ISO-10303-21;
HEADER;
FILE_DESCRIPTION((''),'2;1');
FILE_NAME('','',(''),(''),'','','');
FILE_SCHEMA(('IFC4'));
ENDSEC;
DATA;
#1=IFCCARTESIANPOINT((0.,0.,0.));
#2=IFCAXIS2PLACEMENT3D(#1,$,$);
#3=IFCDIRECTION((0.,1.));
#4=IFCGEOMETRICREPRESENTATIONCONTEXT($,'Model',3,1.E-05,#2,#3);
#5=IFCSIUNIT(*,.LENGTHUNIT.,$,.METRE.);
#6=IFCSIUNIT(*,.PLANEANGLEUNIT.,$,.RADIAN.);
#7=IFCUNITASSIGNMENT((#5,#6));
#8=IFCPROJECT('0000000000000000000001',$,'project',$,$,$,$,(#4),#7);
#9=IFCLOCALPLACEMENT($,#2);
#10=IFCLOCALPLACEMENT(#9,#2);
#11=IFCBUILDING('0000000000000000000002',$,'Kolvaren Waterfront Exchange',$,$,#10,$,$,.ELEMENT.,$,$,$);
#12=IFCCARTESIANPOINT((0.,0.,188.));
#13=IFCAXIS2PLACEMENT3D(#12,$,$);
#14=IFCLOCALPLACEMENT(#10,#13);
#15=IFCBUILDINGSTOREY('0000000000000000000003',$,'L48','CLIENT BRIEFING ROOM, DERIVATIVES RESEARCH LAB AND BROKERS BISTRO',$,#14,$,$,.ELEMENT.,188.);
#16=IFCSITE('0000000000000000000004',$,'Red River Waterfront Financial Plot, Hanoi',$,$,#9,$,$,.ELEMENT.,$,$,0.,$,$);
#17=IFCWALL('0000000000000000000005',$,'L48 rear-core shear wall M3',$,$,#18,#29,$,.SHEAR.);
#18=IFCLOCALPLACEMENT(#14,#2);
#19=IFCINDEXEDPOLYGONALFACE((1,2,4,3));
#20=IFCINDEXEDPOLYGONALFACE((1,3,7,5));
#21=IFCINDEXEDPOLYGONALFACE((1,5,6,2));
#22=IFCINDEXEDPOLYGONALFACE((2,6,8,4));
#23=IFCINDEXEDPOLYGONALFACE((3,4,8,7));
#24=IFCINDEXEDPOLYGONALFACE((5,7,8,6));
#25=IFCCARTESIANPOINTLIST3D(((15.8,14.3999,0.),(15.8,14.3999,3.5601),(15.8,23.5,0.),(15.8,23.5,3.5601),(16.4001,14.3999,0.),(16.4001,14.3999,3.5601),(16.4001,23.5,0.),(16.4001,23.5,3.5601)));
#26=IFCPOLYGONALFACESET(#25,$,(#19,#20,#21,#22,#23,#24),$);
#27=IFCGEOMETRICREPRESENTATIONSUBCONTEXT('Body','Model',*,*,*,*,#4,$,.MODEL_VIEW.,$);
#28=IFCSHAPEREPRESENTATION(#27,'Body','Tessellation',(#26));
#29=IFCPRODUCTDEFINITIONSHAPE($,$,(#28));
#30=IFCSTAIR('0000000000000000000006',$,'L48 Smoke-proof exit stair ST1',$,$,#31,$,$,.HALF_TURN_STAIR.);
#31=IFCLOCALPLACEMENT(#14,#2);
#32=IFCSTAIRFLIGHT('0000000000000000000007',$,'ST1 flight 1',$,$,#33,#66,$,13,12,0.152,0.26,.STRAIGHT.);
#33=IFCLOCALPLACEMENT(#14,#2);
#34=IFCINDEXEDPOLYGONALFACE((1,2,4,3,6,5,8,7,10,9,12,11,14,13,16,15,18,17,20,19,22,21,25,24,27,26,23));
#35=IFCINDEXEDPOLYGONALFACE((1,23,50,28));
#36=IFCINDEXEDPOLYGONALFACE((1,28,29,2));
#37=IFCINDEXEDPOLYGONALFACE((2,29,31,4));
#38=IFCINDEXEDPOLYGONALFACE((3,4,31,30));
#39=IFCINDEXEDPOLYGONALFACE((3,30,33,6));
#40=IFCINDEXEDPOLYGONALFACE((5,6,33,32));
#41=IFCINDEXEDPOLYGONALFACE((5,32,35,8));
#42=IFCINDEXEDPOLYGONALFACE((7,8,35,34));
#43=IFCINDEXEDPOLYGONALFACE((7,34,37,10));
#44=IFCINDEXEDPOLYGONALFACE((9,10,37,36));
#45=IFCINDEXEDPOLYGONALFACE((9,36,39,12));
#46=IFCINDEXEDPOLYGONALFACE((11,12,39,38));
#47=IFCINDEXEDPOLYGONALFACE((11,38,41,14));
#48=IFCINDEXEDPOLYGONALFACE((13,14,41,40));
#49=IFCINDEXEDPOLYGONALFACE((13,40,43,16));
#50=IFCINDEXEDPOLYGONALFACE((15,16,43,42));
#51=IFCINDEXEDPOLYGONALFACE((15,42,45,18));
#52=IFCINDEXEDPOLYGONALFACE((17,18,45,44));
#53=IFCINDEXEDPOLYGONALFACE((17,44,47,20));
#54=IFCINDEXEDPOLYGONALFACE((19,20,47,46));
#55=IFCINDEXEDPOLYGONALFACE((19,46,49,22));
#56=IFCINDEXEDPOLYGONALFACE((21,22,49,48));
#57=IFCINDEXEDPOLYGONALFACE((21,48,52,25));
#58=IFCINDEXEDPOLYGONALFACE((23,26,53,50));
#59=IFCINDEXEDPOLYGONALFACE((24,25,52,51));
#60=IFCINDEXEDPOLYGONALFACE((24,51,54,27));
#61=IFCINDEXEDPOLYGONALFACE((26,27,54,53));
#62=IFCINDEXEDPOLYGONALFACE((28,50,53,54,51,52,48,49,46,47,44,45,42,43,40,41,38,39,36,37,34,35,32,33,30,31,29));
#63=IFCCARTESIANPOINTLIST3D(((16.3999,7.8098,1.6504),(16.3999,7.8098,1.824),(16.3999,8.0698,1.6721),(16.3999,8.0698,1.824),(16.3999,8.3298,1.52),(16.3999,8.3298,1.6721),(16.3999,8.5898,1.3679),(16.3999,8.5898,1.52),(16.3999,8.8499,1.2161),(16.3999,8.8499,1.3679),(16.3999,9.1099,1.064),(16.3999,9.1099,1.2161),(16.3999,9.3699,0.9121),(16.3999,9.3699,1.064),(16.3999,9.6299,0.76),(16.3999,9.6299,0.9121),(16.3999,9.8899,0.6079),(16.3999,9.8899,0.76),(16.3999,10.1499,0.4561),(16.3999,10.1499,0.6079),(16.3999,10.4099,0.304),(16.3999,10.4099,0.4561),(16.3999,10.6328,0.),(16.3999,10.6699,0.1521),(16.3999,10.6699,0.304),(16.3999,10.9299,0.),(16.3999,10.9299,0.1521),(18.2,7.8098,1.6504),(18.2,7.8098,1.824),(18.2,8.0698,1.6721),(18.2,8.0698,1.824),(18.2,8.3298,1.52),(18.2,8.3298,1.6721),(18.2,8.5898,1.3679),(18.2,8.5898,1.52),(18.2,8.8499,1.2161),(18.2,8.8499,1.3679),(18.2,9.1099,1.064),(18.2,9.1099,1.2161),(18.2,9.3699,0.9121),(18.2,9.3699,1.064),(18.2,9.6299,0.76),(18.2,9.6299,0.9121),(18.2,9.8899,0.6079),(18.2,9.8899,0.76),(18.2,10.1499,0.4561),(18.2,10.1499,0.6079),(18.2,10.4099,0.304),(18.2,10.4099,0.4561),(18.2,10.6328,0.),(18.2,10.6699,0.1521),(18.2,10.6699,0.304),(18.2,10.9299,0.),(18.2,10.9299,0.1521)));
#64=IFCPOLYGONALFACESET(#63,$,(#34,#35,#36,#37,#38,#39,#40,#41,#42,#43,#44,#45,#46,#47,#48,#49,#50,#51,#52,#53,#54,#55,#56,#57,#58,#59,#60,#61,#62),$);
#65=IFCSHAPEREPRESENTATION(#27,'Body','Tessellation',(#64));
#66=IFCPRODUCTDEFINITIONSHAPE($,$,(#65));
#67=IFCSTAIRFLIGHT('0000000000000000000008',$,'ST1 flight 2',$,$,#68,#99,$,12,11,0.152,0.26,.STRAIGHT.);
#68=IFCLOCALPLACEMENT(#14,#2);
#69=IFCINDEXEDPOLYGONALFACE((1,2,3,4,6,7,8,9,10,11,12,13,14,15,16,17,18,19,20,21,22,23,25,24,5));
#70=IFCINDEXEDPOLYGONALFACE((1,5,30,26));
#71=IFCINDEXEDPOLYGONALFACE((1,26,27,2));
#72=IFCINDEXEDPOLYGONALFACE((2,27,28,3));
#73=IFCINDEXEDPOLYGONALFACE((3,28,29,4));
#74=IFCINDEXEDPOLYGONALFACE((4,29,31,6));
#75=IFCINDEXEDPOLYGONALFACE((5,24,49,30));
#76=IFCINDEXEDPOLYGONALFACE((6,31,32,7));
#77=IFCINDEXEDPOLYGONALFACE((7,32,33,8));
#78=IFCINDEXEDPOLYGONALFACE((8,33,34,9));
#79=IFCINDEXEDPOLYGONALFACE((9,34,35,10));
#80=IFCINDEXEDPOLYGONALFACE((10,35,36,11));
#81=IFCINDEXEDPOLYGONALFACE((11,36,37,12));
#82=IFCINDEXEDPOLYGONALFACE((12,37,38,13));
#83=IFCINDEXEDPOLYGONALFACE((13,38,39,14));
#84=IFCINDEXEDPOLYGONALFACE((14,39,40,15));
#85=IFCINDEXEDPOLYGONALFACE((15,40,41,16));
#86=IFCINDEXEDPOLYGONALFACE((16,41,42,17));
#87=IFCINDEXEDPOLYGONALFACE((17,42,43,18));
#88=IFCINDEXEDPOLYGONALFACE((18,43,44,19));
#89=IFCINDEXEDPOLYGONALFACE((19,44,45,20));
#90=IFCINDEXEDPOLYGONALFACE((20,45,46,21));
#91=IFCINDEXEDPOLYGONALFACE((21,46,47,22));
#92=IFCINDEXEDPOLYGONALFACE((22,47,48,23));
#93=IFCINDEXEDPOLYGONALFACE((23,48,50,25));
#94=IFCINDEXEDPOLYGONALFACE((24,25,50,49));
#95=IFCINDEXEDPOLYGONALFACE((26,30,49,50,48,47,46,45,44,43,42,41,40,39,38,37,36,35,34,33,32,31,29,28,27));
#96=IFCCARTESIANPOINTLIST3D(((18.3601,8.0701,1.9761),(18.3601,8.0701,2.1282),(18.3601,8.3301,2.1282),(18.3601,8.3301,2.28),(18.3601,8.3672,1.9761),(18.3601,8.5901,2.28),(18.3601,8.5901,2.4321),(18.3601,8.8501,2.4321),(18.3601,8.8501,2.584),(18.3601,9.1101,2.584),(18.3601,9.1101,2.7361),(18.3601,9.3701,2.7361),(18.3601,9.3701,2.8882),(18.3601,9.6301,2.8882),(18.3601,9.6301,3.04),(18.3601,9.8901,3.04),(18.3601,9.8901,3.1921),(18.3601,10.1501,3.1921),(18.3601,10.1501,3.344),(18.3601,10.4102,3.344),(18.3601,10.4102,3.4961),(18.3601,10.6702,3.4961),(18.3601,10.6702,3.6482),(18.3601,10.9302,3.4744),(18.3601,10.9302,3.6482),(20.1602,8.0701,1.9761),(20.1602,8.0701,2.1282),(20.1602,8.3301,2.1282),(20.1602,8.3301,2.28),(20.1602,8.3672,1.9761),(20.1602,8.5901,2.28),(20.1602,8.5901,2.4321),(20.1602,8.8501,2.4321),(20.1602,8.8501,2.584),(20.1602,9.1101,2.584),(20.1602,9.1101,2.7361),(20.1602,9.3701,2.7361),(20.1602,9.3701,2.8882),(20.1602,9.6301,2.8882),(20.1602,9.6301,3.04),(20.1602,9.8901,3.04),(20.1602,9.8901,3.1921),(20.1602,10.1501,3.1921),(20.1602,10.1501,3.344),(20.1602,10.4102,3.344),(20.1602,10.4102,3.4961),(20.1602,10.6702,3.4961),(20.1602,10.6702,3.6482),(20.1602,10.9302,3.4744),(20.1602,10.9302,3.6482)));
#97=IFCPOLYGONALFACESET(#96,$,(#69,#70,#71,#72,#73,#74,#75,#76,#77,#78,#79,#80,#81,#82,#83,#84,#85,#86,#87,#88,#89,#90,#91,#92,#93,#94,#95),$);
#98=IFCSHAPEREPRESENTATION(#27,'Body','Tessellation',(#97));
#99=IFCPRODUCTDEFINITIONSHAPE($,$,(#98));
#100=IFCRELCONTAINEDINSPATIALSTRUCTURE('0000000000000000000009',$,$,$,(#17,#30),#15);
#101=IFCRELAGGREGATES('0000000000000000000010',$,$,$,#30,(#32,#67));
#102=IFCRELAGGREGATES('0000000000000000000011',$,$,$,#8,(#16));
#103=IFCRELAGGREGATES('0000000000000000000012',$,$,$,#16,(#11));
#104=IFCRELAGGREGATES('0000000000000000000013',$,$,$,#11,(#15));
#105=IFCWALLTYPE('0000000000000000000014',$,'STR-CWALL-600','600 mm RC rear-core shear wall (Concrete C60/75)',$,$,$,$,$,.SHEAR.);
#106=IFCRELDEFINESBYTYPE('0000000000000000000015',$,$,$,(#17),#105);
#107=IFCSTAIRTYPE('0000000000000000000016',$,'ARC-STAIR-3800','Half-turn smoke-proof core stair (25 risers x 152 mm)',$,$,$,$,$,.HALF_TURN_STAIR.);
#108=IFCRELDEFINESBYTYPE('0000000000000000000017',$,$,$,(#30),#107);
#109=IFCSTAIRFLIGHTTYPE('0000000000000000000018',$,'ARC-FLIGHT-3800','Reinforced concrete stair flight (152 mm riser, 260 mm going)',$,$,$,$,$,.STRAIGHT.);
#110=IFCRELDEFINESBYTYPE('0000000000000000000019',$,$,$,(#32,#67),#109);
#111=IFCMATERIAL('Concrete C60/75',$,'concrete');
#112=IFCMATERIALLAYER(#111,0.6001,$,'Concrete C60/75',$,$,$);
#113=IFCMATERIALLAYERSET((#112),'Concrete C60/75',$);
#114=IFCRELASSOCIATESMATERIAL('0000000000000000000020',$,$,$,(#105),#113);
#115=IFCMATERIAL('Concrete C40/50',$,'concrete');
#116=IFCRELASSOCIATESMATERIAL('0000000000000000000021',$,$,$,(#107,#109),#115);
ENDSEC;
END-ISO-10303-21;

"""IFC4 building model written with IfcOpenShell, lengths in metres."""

from ifc_helpers import new_model, si_unit, direction, frame, frame_2d, origin, place, context, subcontext, project, spatial, polyline, rectangle, outline, extrude, material, layer, layer_set, type_object, element, aggregate, save


model = new_model("IFC4")

# Units and contexts
model_context = context("Model", 3, precision=1e-05, world=origin(), true_north=direction((0.0, 1.0)))
body_context = subcontext(model_context, "Body", "Model", "MODEL_VIEW")
ifc_project = project(units=[si_unit("LENGTHUNIT", "METRE"), si_unit("PLANEANGLEUNIT", "RADIAN")], contexts=[model_context])

# Site, building, storey
site_placement = place(None, origin())
site = spatial("IfcSite", under=ifc_project, at=site_placement, Name="Red River Waterfront Financial Plot, Hanoi", CompositionType="ELEMENT", RefElevation=0.0)
building_placement = place(site_placement, origin())
building = spatial("IfcBuilding", under=site, at=building_placement, Name="Kolvaren Waterfront Exchange", CompositionType="ELEMENT")
storey_placement = place(building_placement, frame((0.0, 0.0, 188.0)))
storey = spatial("IfcBuildingStorey", under=building, at=storey_placement, Name="L48", Description="CLIENT BRIEFING ROOM, DERIVATIVES RESEARCH LAB AND BROKERS BISTRO", CompositionType="ELEMENT", Elevation=188.0)

# Shared definitions
ifc_material_1 = material(Name="Concrete C60/75", Category="concrete")

# Wall
ifc_material_2 = material(Name="Concrete C40/50", Category="concrete")
ifc_layer_1 = layer(ifc_material_1, 0.6001, Name="Concrete C60/75")
ifc_layer_set_1 = layer_set([ifc_layer_1], Name="Concrete C60/75")
wall_type_1 = type_object("IfcWallType", Name="STR-CWALL-600", Description="600 mm RC rear-core shear wall (Concrete C60/75)", PredefinedType="SHEAR", material=ifc_layer_set_1)
wall_1_placement = place(storey_placement, frame((16.1001, 14.3999, 0.0), z_axis=(0.0, 0.0, 1.0), x_axis=(0.0, 1.0, 0.0)))
element("IfcWall", 1, at=wall_1_placement, inside=storey, type_object=wall_type_1, Name="L48 rear-core shear wall M3", PredefinedType="SHEAR", context=body_context, shape_type="SweptSolid", body=[
    extrude(rectangle(XDim=9.1001, YDim=0.6001, at=frame_2d((4.55, 0.0))), origin(), (0.0, 0.0, 1.0), 3.5601),
])

# Stair, stair flights
stair_type = type_object("IfcStairType", Name="ARC-STAIR-3800", Description="Half-turn smoke-proof core stair (25 risers x 152 mm)", PredefinedType="HALF_TURN_STAIR", material=ifc_material_2)
stair_placement = place(storey_placement, origin())
stair = element("IfcStair", 2, at=stair_placement, inside=storey, type_object=stair_type, Name="L48 Smoke-proof exit stair ST1", PredefinedType="HALF_TURN_STAIR")
stair_flight_type = type_object("IfcStairFlightType", Name="ARC-FLIGHT-3800", Description="Reinforced concrete stair flight (152 mm riser, 260 mm going)", PredefinedType="STRAIGHT", material=ifc_material_2)
stair_flight_1_placement = place(storey_placement, frame((17.3, 10.9299, 0.0), z_axis=(0.0, 0.0, 1.0), x_axis=(0.0, -1.0, 0.0)))
stair_flight_1 = element("IfcStairFlight", 3, at=stair_flight_1_placement, type_object=stair_flight_type, Name="ST1 flight 1", NumberOfRisers=13, NumberOfTreads=12, PredefinedType="STRAIGHT", RiserHeight=0.152, TreadLength=0.26, context=body_context, shape_type="SweptSolid", body=[
    extrude(outline(polyline([(0.0, 0.0), (0.0, 0.1521), (0.26, 0.1521), (0.26, 0.304), (0.52, 0.304), (0.52, 0.4561), (0.78, 0.4561), (0.78, 0.6079), (1.04, 0.6079), (1.04, 0.76), (1.3, 0.76), (1.3, 0.9121), (1.5601, 0.9121), (1.5601, 1.064), (1.8201, 1.064), (1.8201, 1.2161), (2.0801, 1.2161), (2.0801, 1.3679), (2.3401, 1.3679), (2.3401, 1.52), (2.6001, 1.52), (2.6001, 1.6721), (2.8601, 1.6721), (2.8601, 1.824), (3.1201, 1.824), (3.1201, 1.9761), (3.1201, 1.6504), (0.2971, 0.0), (0.0, 0.0)])), frame((0.0, 0.8999, 0.0), z_axis=(0.0, -1.0, 0.0), x_axis=(1.0, 0.0, 0.0)), (0.0, 0.0, 1.0), 1.8),
])
stair_flight_2_placement = place(storey_placement, frame((19.26, 8.0701, 1.9761), z_axis=(0.0, 0.0, 1.0), x_axis=(0.0, 1.0, 0.0)))
stair_flight_2 = element("IfcStairFlight", 4, at=stair_flight_2_placement, type_object=stair_flight_type, Name="ST1 flight 2", NumberOfRisers=12, NumberOfTreads=11, PredefinedType="STRAIGHT", RiserHeight=0.152, TreadLength=0.26, context=body_context, shape_type="SweptSolid", body=[
    extrude(outline(polyline([(0.0, 0.0), (0.0, 0.1521), (0.26, 0.1521), (0.26, 0.304), (0.52, 0.304), (0.52, 0.4561), (0.78, 0.4561), (0.78, 0.6079), (1.04, 0.6079), (1.04, 0.76), (1.3, 0.76), (1.3, 0.9121), (1.5601, 0.9121), (1.5601, 1.064), (1.8201, 1.064), (1.8201, 1.2161), (2.0801, 1.2161), (2.0801, 1.3679), (2.3401, 1.3679), (2.3401, 1.52), (2.6001, 1.52), (2.6001, 1.6721), (2.8601, 1.6721), (2.8601, 1.824), (2.8601, 1.4983), (0.2971, 0.0), (0.0, 0.0)])), frame((0.0, 0.8999, 0.0), z_axis=(0.0, -1.0, 0.0), x_axis=(1.0, 0.0, 0.0)), (0.0, 0.0, 1.0), 1.8),
])
aggregate(stair, [stair_flight_1, stair_flight_2])

save(model, "model.ifc")
